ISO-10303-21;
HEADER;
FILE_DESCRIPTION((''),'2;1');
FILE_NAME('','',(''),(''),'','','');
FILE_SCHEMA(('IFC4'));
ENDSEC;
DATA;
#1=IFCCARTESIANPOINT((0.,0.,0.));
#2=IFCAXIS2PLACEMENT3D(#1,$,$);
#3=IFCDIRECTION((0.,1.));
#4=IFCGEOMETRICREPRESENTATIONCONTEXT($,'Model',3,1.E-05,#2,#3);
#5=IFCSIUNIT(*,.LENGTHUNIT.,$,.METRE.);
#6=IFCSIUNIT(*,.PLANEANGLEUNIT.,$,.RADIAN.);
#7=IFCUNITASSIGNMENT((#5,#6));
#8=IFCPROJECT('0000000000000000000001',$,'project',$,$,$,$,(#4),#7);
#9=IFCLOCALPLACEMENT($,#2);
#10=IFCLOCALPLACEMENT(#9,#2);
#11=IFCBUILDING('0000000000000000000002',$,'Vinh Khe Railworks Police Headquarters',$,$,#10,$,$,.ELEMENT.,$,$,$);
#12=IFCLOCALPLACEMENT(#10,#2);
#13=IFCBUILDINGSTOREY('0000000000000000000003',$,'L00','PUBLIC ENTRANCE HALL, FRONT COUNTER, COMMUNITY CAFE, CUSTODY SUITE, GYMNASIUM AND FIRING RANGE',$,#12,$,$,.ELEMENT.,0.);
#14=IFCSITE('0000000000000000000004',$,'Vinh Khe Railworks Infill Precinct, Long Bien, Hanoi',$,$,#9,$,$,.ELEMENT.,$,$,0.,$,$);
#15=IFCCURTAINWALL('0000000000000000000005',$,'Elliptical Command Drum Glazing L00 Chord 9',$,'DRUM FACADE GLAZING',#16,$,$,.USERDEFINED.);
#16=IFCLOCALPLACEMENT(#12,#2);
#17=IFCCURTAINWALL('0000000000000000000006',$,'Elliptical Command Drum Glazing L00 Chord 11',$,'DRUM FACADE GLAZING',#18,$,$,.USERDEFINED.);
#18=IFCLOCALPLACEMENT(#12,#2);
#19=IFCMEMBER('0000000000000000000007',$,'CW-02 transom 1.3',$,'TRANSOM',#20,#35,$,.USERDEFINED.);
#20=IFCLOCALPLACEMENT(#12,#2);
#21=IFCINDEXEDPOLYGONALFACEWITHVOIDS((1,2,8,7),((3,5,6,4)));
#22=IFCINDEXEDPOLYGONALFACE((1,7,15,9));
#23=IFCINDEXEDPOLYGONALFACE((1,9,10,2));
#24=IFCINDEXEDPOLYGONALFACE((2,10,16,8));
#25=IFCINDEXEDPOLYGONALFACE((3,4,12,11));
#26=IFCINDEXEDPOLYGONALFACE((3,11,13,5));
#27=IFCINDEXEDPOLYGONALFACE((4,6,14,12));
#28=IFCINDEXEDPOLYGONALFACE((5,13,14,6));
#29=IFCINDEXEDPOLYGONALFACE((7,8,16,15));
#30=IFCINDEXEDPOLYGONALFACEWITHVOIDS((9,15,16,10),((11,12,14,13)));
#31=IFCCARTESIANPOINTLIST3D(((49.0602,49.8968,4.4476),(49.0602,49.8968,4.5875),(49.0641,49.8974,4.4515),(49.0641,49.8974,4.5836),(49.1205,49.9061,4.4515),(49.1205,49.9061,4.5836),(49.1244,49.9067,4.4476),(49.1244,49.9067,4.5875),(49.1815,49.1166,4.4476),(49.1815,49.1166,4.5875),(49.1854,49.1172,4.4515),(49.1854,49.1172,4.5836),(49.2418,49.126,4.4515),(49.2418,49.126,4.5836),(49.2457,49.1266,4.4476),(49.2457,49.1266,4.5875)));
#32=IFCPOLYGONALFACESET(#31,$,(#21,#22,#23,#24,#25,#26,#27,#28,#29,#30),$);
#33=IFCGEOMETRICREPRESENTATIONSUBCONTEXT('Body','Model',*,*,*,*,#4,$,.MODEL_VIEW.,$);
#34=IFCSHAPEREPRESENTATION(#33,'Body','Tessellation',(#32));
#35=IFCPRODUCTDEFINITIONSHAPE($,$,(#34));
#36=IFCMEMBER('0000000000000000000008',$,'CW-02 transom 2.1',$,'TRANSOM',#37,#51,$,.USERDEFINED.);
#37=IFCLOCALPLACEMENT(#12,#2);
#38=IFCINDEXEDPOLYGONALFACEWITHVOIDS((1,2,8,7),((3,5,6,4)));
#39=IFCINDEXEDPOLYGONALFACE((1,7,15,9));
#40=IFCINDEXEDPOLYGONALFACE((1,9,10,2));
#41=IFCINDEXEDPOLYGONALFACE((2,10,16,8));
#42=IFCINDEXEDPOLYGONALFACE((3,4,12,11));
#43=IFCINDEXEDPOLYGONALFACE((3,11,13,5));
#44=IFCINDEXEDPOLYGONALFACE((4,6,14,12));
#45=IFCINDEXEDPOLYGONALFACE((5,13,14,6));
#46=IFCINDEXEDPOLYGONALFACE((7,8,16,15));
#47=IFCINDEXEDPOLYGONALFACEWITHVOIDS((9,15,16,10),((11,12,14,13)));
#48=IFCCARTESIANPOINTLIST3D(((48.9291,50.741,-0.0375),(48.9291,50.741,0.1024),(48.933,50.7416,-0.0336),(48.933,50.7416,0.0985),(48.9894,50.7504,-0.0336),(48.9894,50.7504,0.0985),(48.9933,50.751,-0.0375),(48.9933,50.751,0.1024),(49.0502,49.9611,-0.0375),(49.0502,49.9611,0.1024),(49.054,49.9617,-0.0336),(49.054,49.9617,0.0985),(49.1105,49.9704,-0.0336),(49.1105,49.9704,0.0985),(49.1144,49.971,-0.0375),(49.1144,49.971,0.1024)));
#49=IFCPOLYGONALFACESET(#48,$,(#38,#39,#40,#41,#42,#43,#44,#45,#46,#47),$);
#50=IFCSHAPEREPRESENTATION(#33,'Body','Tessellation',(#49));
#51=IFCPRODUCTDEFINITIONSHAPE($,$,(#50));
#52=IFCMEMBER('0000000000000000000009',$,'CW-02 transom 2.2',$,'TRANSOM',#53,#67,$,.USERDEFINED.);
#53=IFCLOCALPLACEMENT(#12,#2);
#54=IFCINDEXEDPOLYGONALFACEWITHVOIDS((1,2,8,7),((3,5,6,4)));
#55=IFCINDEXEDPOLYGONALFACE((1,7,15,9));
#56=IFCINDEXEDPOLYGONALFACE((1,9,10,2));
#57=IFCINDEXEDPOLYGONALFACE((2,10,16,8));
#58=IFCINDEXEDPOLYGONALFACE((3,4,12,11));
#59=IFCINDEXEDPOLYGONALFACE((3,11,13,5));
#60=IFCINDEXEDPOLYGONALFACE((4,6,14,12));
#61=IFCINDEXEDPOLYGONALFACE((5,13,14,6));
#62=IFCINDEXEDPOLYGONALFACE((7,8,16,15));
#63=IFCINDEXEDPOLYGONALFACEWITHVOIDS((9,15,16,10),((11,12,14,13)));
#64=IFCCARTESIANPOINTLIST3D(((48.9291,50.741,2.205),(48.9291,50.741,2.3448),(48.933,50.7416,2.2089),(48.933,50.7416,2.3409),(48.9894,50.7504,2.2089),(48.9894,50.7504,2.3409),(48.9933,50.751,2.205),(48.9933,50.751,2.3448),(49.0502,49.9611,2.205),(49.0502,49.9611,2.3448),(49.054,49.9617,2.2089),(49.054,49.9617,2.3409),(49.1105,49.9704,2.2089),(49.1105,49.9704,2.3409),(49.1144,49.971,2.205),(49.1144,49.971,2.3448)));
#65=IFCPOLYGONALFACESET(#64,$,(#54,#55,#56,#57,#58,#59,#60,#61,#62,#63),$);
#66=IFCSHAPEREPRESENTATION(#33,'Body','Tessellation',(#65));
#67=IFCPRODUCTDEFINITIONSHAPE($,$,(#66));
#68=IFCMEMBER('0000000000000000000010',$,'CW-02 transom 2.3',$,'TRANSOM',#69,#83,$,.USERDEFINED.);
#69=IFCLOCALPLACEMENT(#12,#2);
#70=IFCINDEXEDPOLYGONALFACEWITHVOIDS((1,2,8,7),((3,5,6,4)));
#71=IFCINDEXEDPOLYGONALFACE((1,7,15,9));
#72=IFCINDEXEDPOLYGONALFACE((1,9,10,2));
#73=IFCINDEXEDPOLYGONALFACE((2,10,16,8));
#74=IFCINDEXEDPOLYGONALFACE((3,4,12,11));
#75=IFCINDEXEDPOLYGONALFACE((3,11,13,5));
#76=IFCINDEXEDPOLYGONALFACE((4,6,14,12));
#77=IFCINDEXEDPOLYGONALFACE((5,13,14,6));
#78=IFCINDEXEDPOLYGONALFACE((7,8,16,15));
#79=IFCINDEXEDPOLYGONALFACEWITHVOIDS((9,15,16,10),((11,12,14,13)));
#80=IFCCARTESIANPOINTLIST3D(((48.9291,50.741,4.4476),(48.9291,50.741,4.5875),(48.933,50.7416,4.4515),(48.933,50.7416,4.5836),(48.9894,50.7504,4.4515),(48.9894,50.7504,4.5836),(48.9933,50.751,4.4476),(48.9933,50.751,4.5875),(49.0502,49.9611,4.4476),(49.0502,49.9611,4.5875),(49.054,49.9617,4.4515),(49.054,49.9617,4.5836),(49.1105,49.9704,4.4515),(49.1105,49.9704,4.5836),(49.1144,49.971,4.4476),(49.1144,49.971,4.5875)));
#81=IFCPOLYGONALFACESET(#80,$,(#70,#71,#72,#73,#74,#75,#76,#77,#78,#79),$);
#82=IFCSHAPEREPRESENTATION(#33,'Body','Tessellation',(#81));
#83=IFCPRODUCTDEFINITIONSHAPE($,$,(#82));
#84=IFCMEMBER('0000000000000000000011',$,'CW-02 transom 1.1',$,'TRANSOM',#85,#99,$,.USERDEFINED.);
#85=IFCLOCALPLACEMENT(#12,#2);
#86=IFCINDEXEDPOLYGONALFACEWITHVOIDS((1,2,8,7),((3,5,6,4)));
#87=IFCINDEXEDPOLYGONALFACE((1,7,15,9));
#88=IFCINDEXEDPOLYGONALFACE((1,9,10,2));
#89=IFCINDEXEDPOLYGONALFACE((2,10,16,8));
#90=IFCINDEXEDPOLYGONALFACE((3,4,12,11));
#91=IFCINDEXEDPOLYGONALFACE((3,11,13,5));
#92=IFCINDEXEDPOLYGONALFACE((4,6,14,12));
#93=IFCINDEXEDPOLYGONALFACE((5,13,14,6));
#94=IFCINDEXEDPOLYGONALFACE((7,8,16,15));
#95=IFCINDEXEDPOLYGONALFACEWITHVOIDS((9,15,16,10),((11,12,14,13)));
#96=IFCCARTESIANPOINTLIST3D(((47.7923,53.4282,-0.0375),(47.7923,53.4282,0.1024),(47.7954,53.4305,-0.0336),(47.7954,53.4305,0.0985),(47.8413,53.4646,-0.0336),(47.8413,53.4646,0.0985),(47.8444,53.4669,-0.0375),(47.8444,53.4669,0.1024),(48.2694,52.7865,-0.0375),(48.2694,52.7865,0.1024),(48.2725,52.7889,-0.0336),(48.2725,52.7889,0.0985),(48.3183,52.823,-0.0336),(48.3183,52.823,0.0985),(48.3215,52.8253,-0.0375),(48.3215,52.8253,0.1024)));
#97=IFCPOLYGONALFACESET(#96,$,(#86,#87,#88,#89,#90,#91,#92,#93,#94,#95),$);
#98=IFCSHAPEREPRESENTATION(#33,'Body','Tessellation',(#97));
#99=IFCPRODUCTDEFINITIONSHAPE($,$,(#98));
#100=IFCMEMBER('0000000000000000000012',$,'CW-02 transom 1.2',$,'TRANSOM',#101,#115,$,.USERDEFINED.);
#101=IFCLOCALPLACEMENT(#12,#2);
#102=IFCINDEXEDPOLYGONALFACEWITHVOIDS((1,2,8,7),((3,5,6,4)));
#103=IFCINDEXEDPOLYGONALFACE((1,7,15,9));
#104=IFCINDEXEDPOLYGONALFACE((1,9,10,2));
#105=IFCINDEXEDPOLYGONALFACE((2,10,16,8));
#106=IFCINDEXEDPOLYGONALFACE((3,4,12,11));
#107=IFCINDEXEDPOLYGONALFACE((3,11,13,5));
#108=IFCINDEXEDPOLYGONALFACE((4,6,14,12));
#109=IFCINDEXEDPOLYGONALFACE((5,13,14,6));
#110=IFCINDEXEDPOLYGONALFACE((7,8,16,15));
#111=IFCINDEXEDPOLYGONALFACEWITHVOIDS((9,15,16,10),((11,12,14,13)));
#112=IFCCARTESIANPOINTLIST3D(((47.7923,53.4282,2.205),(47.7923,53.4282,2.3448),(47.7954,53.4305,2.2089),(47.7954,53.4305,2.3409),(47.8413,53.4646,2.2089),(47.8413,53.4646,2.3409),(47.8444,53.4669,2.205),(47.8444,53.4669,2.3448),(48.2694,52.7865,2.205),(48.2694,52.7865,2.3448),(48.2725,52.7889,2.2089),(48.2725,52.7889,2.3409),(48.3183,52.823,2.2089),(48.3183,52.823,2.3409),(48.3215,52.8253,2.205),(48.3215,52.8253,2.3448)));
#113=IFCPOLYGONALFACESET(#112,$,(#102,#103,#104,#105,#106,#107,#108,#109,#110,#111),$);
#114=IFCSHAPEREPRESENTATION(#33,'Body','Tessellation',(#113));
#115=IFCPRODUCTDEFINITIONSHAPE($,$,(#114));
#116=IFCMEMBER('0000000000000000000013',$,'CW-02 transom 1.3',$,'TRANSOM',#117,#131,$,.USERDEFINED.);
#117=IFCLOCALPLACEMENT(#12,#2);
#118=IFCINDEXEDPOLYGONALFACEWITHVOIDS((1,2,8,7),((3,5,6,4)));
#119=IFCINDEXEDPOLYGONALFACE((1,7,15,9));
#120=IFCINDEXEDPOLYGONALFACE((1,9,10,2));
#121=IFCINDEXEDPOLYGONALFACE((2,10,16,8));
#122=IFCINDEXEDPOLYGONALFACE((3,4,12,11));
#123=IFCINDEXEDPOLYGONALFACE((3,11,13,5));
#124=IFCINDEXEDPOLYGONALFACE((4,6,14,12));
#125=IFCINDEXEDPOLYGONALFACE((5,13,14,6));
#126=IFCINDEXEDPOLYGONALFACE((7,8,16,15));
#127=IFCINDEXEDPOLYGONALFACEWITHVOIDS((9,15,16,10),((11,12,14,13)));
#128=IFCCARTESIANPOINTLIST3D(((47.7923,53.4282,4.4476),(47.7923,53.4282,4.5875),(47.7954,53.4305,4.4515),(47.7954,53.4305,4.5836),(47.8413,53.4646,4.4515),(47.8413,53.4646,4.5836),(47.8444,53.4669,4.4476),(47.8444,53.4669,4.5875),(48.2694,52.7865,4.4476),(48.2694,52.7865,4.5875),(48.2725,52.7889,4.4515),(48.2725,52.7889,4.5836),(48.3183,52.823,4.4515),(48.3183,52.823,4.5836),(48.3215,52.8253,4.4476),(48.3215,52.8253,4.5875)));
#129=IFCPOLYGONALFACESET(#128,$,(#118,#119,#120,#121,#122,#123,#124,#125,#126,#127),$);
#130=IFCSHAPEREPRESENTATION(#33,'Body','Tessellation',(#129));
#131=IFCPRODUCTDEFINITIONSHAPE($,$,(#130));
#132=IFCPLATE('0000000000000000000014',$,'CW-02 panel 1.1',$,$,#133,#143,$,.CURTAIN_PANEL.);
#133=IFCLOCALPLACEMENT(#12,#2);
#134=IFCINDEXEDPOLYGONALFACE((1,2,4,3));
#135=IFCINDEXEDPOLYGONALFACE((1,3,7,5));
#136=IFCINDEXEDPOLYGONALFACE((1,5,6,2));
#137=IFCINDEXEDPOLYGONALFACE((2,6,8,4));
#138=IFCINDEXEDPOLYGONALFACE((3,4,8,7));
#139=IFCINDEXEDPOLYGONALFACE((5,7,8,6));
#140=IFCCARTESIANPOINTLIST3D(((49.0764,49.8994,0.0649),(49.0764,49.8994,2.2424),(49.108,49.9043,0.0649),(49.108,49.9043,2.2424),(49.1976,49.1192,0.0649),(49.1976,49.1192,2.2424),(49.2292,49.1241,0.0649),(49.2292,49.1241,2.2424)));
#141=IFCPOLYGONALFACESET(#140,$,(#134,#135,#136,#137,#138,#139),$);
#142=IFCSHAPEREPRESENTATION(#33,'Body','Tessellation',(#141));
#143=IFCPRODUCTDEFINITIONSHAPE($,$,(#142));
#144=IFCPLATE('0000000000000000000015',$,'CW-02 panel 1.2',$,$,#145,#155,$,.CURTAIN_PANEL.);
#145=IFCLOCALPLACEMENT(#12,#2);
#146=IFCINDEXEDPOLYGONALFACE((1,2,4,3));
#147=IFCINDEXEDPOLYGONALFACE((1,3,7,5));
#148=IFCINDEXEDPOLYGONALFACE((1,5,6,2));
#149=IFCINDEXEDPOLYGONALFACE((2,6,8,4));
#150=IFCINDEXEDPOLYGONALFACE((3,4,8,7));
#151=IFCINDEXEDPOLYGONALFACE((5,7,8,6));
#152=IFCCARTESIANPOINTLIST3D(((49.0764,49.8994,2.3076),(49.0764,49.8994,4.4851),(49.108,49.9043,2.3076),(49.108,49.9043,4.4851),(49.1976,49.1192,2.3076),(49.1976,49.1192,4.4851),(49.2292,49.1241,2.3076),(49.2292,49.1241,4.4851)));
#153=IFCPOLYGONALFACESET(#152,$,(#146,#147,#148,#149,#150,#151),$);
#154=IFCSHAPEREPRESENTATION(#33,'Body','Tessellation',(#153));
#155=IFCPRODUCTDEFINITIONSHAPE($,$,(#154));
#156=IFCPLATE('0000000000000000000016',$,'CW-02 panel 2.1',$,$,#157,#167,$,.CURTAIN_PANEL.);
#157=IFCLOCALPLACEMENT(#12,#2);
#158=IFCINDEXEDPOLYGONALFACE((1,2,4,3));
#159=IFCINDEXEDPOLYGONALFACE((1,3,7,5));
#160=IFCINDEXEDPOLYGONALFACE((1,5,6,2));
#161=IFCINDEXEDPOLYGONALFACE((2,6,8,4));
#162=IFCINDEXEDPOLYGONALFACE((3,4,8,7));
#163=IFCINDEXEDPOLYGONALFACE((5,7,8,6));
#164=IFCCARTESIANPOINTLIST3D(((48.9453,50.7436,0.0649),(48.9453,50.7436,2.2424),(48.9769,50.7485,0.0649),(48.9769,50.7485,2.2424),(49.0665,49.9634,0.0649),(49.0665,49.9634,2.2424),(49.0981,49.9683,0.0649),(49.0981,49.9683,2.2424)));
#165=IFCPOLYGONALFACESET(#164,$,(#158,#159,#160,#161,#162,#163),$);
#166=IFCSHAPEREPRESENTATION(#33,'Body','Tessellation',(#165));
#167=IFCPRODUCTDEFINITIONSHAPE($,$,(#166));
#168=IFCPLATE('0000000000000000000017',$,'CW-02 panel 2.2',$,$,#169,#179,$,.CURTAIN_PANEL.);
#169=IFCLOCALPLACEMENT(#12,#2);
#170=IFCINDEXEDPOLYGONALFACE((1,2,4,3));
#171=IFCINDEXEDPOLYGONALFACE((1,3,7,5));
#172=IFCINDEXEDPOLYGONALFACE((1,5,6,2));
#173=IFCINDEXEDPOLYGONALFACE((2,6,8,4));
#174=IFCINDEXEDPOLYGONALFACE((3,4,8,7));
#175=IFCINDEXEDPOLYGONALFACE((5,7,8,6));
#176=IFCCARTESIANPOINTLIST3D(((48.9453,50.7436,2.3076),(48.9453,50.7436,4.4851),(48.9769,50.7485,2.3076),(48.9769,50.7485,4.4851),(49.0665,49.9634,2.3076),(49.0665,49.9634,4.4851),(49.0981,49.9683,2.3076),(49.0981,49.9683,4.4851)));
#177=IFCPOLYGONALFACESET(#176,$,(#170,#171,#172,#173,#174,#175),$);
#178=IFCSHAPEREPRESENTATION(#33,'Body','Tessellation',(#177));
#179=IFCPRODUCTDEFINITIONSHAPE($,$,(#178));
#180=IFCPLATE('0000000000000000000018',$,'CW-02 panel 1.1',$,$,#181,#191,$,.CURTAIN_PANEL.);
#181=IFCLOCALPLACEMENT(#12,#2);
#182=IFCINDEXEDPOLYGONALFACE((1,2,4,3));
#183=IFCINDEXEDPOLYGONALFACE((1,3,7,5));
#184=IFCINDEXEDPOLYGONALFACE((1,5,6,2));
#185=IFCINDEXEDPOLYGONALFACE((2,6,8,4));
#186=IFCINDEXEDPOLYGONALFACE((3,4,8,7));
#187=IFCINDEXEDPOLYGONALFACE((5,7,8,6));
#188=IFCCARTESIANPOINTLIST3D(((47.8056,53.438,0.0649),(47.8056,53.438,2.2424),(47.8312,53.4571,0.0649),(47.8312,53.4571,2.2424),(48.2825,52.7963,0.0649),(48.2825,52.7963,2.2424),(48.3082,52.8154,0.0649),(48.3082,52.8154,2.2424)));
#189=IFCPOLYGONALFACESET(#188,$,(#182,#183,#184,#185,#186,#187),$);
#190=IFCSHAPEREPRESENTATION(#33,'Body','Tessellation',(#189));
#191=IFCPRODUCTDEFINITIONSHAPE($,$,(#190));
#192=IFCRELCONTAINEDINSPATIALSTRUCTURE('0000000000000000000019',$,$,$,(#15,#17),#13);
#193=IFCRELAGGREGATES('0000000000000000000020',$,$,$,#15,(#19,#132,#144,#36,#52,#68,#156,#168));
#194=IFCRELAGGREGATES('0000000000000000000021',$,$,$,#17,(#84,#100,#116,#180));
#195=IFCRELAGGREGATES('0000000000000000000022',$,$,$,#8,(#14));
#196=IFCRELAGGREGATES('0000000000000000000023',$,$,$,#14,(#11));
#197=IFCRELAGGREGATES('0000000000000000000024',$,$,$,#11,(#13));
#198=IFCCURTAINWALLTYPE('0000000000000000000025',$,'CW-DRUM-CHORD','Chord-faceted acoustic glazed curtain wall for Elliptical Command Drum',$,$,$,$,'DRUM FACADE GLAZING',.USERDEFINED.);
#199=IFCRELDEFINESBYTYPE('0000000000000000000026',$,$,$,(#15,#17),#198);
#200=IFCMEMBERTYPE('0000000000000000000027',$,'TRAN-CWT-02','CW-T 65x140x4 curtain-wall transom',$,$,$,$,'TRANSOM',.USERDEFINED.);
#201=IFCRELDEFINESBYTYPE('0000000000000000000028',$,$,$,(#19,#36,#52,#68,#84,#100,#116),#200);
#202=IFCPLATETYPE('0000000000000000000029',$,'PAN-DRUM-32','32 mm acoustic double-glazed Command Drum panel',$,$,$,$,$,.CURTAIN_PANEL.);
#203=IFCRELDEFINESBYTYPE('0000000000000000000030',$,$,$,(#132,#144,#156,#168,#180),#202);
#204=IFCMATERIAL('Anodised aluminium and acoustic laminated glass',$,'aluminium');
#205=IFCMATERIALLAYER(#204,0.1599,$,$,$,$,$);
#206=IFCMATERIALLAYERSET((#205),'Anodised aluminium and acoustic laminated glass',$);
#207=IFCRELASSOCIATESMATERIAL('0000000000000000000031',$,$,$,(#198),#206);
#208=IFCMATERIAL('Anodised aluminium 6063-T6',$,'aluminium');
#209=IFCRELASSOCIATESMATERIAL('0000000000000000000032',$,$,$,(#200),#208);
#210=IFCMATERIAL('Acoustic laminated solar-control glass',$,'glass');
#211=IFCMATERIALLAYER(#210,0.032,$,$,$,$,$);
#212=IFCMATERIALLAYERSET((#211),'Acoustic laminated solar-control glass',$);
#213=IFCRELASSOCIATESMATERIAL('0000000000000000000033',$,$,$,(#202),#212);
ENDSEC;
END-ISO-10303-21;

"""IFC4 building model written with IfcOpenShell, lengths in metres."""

from ifc_helpers import new_model, si_unit, direction, frame, origin, origin_2d, place, context, subcontext, project, spatial, rectangle, hollow_rectangle, extrude, material, layer, layer_set, material_profile, profile_set, type_object, element, aggregate, save


model = new_model("IFC4")

# Units and contexts
model_context = context("Model", 3, precision=1e-05, world=origin(), true_north=direction((0.0, 1.0)))
body_context = subcontext(model_context, "Body", "Model", "MODEL_VIEW")
ifc_project = project(units=[si_unit("LENGTHUNIT", "METRE"), si_unit("PLANEANGLEUNIT", "RADIAN")], contexts=[model_context])

# Site, building, storey
site_placement = place(None, origin())
site = spatial("IfcSite", under=ifc_project, at=site_placement, Name="Vinh Khe Railworks Infill Precinct, Long Bien, Hanoi", CompositionType="ELEMENT", RefElevation=0.0)
building_placement = place(site_placement, origin())
building = spatial("IfcBuilding", under=site, at=building_placement, Name="Vinh Khe Railworks Police Headquarters", CompositionType="ELEMENT")
storey_placement = place(building_placement, origin())
storey = spatial("IfcBuildingStorey", under=building, at=storey_placement, Name="L00", Description="PUBLIC ENTRANCE HALL, FRONT COUNTER, COMMUNITY CAFE, CUSTODY SUITE, GYMNASIUM AND FIRING RANGE", CompositionType="ELEMENT", Elevation=0.0)

# Shared definitions
ifc_material_1 = material(Name="Anodised aluminium and acoustic laminated glass", Category="aluminium")
ifc_layer_1 = layer(ifc_material_1, 0.1599)
ifc_layer_set_1 = layer_set([ifc_layer_1], Name="Anodised aluminium and acoustic laminated glass")
curtain_wall_type = type_object("IfcCurtainWallType", Name="CW-DRUM-CHORD", Description="Chord-faceted acoustic glazed curtain wall for Elliptical Command Drum", ElementType="DRUM FACADE GLAZING", PredefinedType="USERDEFINED", material=ifc_layer_set_1)
ifc_material_2 = material(Name="Anodised aluminium 6063-T6", Category="aluminium")

# Curtain wall
curtain_wall_1_placement = place(storey_placement, origin())
curtain_wall_1 = element("IfcCurtainWall", 1, at=curtain_wall_1_placement, inside=storey, type_object=curtain_wall_type, Name="Elliptical Command Drum Glazing L00 Chord 9", ObjectType="DRUM FACADE GLAZING", PredefinedType="USERDEFINED")

# Curtain wall
curtain_wall_2_placement = place(storey_placement, origin())
curtain_wall_2 = element("IfcCurtainWall", 2, at=curtain_wall_2_placement, inside=storey, type_object=curtain_wall_type, Name="Elliptical Command Drum Glazing L00 Chord 11", ObjectType="DRUM FACADE GLAZING", PredefinedType="USERDEFINED")

# Members
ifc_material_profile_1 = material_profile(ifc_material_2, hollow_rectangle(XDim=0.0649, YDim=0.1399, WallThickness=0.0039, at=origin_2d()), Name="CW-T 65x140x4")
ifc_profile_set_1 = profile_set([ifc_material_profile_1], Name="Anodised aluminium 6063-T6")
member_type_1 = type_object("IfcMemberType", Name="TRAN-CWT-02", Description="CW-T 65x140x4 curtain-wall transom", ElementType="TRANSOM", PredefinedType="USERDEFINED", material=ifc_profile_set_1)
member_1_placement = place(storey_placement, frame((49.2136, 49.1216, 4.5176), z_axis=(-0.15366, 0.988124, 0.0), x_axis=(-0.988124, -0.15366, 0.0)))
member_1 = element("IfcMember", 3, at=member_1_placement, type_object=member_type_1, Name="CW-02 transom 1.3", ObjectType="TRANSOM", PredefinedType="USERDEFINED", context=body_context, shape_type="SweptSolid", body=[
    extrude(hollow_rectangle(XDim=0.0649, YDim=0.1399, WallThickness=0.0039, at=origin_2d()), origin(), (0.0, 0.0, 1.0), 0.7896),
])
member_2_placement = place(storey_placement, frame((49.0823, 49.9661, 0.0325), z_axis=(-0.153405, 0.988163, 0.0), x_axis=(-0.988163, -0.153405, 0.0)))
member_2 = element("IfcMember", 4, at=member_2_placement, type_object=member_type_1, Name="CW-02 transom 2.1", ObjectType="TRANSOM", PredefinedType="USERDEFINED", context=body_context, shape_type="SweptSolid", body=[
    extrude(hollow_rectangle(XDim=0.0649, YDim=0.1399, WallThickness=0.0039, at=origin_2d()), origin(), (0.0, 0.0, 1.0), 0.7893),
])
member_3_placement = place(storey_placement, frame((49.0823, 49.9661, 2.2749), z_axis=(-0.153405, 0.988163, 0.0), x_axis=(-0.988163, -0.153405, 0.0)))
member_3 = element("IfcMember", 5, at=member_3_placement, type_object=member_type_1, Name="CW-02 transom 2.2", ObjectType="TRANSOM", PredefinedType="USERDEFINED", context=body_context, shape_type="SweptSolid", body=[
    extrude(hollow_rectangle(XDim=0.0649, YDim=0.1399, WallThickness=0.0039, at=origin_2d()), origin(), (0.0, 0.0, 1.0), 0.7893),
])
member_4_placement = place(storey_placement, frame((49.0823, 49.9661, 4.5176), z_axis=(-0.153405, 0.988163, 0.0), x_axis=(-0.988163, -0.153405, 0.0)))
member_4 = element("IfcMember", 6, at=member_4_placement, type_object=member_type_1, Name="CW-02 transom 2.3", ObjectType="TRANSOM", PredefinedType="USERDEFINED", context=body_context, shape_type="SweptSolid", body=[
    extrude(hollow_rectangle(XDim=0.0649, YDim=0.1399, WallThickness=0.0039, at=origin_2d()), origin(), (0.0, 0.0, 1.0), 0.7893),
])
member_5_placement = place(storey_placement, frame((48.2954, 52.8059, 0.0325), z_axis=(-0.596673, 0.802485, 0.0), x_axis=(-0.802485, -0.596673, 0.0)))
member_5 = element("IfcMember", 7, at=member_5_placement, type_object=member_type_1, Name="CW-02 transom 1.1", ObjectType="TRANSOM", PredefinedType="USERDEFINED", context=body_context, shape_type="SweptSolid", body=[
    extrude(hollow_rectangle(XDim=0.0649, YDim=0.1399, WallThickness=0.0039, at=origin_2d()), origin(), (0.0, 0.0, 1.0), 0.7996),
])
member_6_placement = place(storey_placement, frame((48.2954, 52.8059, 2.2749), z_axis=(-0.596673, 0.802485, 0.0), x_axis=(-0.802485, -0.596673, 0.0)))
member_6 = element("IfcMember", 8, at=member_6_placement, type_object=member_type_1, Name="CW-02 transom 1.2", ObjectType="TRANSOM", PredefinedType="USERDEFINED", context=body_context, shape_type="SweptSolid", body=[
    extrude(hollow_rectangle(XDim=0.0649, YDim=0.1399, WallThickness=0.0039, at=origin_2d()), origin(), (0.0, 0.0, 1.0), 0.7996),
])
member_7_placement = place(storey_placement, frame((48.2954, 52.8059, 4.5176), z_axis=(-0.596673, 0.802485, 0.0), x_axis=(-0.802485, -0.596673, 0.0)))
member_7 = element("IfcMember", 9, at=member_7_placement, type_object=member_type_1, Name="CW-02 transom 1.3", ObjectType="TRANSOM", PredefinedType="USERDEFINED", context=body_context, shape_type="SweptSolid", body=[
    extrude(hollow_rectangle(XDim=0.0649, YDim=0.1399, WallThickness=0.0039, at=origin_2d()), origin(), (0.0, 0.0, 1.0), 0.7996),
])

# Plates
ifc_material_3 = material(Name="Acoustic laminated solar-control glass", Category="glass")
ifc_layer_2 = layer(ifc_material_3, 0.032)
ifc_layer_set_2 = layer_set([ifc_layer_2], Name="Acoustic laminated solar-control glass")
plate_type_1 = type_object("IfcPlateType", Name="PAN-DRUM-32", Description="32 mm acoustic double-glazed Command Drum panel", PredefinedType="CURTAIN_PANEL", material=ifc_layer_set_2)
plate_1_placement = place(storey_placement, frame((49.1528, 49.5117, 0.0649), z_axis=(0.0, 0.0, 1.0), x_axis=(-0.153491, 0.98815, 0.0)))
plate_1 = element("IfcPlate", 10, at=plate_1_placement, type_object=plate_type_1, Name="CW-02 panel 1.1", PredefinedType="CURTAIN_PANEL", context=body_context, shape_type="SweptSolid", body=[
    extrude(rectangle(XDim=0.7896, YDim=0.032, at=origin_2d()), origin(), (0.0, 0.0, 1.0), 2.1775),
])
plate_2_placement = place(storey_placement, frame((49.1528, 49.5117, 2.3076), z_axis=(0.0, 0.0, 1.0), x_axis=(-0.153491, 0.98815, 0.0)))
plate_2 = element("IfcPlate", 11, at=plate_2_placement, type_object=plate_type_1, Name="CW-02 panel 1.2", PredefinedType="CURTAIN_PANEL", context=body_context, shape_type="SweptSolid", body=[
    extrude(rectangle(XDim=0.7896, YDim=0.032, at=origin_2d()), origin(), (0.0, 0.0, 1.0), 2.1775),
])
plate_3_placement = place(storey_placement, frame((49.0217, 50.356, 0.0649), z_axis=(0.0, 0.0, 1.0), x_axis=(-0.153491, 0.98815, 0.0)))
plate_3 = element("IfcPlate", 12, at=plate_3_placement, type_object=plate_type_1, Name="CW-02 panel 2.1", PredefinedType="CURTAIN_PANEL", context=body_context, shape_type="SweptSolid", body=[
    extrude(rectangle(XDim=0.7896, YDim=0.032, at=origin_2d()), origin(), (0.0, 0.0, 1.0), 2.1775),
])
plate_4_placement = place(storey_placement, frame((49.0217, 50.356, 2.3076), z_axis=(0.0, 0.0, 1.0), x_axis=(-0.153491, 0.98815, 0.0)))
plate_4 = element("IfcPlate", 13, at=plate_4_placement, type_object=plate_type_1, Name="CW-02 panel 2.2", PredefinedType="CURTAIN_PANEL", context=body_context, shape_type="SweptSolid", body=[
    extrude(rectangle(XDim=0.7896, YDim=0.032, at=origin_2d()), origin(), (0.0, 0.0, 1.0), 2.1775),
])
aggregate(curtain_wall_1, [member_1, plate_1, plate_2, member_2, member_3, member_4, plate_3, plate_4])
plate_5_placement = place(storey_placement, frame((48.0569, 53.1267, 0.0649), z_axis=(0.0, 0.0, 1.0), x_axis=(-0.596528, 0.802592, 0.0)))
plate_5 = element("IfcPlate", 14, at=plate_5_placement, type_object=plate_type_1, Name="CW-02 panel 1.1", PredefinedType="CURTAIN_PANEL", context=body_context, shape_type="SweptSolid", body=[
    extrude(rectangle(XDim=0.7996, YDim=0.032, at=origin_2d()), origin(), (0.0, 0.0, 1.0), 2.1775),
])
aggregate(curtain_wall_2, [member_5, member_6, member_7, plate_5])

save(model, "model.ifc")
